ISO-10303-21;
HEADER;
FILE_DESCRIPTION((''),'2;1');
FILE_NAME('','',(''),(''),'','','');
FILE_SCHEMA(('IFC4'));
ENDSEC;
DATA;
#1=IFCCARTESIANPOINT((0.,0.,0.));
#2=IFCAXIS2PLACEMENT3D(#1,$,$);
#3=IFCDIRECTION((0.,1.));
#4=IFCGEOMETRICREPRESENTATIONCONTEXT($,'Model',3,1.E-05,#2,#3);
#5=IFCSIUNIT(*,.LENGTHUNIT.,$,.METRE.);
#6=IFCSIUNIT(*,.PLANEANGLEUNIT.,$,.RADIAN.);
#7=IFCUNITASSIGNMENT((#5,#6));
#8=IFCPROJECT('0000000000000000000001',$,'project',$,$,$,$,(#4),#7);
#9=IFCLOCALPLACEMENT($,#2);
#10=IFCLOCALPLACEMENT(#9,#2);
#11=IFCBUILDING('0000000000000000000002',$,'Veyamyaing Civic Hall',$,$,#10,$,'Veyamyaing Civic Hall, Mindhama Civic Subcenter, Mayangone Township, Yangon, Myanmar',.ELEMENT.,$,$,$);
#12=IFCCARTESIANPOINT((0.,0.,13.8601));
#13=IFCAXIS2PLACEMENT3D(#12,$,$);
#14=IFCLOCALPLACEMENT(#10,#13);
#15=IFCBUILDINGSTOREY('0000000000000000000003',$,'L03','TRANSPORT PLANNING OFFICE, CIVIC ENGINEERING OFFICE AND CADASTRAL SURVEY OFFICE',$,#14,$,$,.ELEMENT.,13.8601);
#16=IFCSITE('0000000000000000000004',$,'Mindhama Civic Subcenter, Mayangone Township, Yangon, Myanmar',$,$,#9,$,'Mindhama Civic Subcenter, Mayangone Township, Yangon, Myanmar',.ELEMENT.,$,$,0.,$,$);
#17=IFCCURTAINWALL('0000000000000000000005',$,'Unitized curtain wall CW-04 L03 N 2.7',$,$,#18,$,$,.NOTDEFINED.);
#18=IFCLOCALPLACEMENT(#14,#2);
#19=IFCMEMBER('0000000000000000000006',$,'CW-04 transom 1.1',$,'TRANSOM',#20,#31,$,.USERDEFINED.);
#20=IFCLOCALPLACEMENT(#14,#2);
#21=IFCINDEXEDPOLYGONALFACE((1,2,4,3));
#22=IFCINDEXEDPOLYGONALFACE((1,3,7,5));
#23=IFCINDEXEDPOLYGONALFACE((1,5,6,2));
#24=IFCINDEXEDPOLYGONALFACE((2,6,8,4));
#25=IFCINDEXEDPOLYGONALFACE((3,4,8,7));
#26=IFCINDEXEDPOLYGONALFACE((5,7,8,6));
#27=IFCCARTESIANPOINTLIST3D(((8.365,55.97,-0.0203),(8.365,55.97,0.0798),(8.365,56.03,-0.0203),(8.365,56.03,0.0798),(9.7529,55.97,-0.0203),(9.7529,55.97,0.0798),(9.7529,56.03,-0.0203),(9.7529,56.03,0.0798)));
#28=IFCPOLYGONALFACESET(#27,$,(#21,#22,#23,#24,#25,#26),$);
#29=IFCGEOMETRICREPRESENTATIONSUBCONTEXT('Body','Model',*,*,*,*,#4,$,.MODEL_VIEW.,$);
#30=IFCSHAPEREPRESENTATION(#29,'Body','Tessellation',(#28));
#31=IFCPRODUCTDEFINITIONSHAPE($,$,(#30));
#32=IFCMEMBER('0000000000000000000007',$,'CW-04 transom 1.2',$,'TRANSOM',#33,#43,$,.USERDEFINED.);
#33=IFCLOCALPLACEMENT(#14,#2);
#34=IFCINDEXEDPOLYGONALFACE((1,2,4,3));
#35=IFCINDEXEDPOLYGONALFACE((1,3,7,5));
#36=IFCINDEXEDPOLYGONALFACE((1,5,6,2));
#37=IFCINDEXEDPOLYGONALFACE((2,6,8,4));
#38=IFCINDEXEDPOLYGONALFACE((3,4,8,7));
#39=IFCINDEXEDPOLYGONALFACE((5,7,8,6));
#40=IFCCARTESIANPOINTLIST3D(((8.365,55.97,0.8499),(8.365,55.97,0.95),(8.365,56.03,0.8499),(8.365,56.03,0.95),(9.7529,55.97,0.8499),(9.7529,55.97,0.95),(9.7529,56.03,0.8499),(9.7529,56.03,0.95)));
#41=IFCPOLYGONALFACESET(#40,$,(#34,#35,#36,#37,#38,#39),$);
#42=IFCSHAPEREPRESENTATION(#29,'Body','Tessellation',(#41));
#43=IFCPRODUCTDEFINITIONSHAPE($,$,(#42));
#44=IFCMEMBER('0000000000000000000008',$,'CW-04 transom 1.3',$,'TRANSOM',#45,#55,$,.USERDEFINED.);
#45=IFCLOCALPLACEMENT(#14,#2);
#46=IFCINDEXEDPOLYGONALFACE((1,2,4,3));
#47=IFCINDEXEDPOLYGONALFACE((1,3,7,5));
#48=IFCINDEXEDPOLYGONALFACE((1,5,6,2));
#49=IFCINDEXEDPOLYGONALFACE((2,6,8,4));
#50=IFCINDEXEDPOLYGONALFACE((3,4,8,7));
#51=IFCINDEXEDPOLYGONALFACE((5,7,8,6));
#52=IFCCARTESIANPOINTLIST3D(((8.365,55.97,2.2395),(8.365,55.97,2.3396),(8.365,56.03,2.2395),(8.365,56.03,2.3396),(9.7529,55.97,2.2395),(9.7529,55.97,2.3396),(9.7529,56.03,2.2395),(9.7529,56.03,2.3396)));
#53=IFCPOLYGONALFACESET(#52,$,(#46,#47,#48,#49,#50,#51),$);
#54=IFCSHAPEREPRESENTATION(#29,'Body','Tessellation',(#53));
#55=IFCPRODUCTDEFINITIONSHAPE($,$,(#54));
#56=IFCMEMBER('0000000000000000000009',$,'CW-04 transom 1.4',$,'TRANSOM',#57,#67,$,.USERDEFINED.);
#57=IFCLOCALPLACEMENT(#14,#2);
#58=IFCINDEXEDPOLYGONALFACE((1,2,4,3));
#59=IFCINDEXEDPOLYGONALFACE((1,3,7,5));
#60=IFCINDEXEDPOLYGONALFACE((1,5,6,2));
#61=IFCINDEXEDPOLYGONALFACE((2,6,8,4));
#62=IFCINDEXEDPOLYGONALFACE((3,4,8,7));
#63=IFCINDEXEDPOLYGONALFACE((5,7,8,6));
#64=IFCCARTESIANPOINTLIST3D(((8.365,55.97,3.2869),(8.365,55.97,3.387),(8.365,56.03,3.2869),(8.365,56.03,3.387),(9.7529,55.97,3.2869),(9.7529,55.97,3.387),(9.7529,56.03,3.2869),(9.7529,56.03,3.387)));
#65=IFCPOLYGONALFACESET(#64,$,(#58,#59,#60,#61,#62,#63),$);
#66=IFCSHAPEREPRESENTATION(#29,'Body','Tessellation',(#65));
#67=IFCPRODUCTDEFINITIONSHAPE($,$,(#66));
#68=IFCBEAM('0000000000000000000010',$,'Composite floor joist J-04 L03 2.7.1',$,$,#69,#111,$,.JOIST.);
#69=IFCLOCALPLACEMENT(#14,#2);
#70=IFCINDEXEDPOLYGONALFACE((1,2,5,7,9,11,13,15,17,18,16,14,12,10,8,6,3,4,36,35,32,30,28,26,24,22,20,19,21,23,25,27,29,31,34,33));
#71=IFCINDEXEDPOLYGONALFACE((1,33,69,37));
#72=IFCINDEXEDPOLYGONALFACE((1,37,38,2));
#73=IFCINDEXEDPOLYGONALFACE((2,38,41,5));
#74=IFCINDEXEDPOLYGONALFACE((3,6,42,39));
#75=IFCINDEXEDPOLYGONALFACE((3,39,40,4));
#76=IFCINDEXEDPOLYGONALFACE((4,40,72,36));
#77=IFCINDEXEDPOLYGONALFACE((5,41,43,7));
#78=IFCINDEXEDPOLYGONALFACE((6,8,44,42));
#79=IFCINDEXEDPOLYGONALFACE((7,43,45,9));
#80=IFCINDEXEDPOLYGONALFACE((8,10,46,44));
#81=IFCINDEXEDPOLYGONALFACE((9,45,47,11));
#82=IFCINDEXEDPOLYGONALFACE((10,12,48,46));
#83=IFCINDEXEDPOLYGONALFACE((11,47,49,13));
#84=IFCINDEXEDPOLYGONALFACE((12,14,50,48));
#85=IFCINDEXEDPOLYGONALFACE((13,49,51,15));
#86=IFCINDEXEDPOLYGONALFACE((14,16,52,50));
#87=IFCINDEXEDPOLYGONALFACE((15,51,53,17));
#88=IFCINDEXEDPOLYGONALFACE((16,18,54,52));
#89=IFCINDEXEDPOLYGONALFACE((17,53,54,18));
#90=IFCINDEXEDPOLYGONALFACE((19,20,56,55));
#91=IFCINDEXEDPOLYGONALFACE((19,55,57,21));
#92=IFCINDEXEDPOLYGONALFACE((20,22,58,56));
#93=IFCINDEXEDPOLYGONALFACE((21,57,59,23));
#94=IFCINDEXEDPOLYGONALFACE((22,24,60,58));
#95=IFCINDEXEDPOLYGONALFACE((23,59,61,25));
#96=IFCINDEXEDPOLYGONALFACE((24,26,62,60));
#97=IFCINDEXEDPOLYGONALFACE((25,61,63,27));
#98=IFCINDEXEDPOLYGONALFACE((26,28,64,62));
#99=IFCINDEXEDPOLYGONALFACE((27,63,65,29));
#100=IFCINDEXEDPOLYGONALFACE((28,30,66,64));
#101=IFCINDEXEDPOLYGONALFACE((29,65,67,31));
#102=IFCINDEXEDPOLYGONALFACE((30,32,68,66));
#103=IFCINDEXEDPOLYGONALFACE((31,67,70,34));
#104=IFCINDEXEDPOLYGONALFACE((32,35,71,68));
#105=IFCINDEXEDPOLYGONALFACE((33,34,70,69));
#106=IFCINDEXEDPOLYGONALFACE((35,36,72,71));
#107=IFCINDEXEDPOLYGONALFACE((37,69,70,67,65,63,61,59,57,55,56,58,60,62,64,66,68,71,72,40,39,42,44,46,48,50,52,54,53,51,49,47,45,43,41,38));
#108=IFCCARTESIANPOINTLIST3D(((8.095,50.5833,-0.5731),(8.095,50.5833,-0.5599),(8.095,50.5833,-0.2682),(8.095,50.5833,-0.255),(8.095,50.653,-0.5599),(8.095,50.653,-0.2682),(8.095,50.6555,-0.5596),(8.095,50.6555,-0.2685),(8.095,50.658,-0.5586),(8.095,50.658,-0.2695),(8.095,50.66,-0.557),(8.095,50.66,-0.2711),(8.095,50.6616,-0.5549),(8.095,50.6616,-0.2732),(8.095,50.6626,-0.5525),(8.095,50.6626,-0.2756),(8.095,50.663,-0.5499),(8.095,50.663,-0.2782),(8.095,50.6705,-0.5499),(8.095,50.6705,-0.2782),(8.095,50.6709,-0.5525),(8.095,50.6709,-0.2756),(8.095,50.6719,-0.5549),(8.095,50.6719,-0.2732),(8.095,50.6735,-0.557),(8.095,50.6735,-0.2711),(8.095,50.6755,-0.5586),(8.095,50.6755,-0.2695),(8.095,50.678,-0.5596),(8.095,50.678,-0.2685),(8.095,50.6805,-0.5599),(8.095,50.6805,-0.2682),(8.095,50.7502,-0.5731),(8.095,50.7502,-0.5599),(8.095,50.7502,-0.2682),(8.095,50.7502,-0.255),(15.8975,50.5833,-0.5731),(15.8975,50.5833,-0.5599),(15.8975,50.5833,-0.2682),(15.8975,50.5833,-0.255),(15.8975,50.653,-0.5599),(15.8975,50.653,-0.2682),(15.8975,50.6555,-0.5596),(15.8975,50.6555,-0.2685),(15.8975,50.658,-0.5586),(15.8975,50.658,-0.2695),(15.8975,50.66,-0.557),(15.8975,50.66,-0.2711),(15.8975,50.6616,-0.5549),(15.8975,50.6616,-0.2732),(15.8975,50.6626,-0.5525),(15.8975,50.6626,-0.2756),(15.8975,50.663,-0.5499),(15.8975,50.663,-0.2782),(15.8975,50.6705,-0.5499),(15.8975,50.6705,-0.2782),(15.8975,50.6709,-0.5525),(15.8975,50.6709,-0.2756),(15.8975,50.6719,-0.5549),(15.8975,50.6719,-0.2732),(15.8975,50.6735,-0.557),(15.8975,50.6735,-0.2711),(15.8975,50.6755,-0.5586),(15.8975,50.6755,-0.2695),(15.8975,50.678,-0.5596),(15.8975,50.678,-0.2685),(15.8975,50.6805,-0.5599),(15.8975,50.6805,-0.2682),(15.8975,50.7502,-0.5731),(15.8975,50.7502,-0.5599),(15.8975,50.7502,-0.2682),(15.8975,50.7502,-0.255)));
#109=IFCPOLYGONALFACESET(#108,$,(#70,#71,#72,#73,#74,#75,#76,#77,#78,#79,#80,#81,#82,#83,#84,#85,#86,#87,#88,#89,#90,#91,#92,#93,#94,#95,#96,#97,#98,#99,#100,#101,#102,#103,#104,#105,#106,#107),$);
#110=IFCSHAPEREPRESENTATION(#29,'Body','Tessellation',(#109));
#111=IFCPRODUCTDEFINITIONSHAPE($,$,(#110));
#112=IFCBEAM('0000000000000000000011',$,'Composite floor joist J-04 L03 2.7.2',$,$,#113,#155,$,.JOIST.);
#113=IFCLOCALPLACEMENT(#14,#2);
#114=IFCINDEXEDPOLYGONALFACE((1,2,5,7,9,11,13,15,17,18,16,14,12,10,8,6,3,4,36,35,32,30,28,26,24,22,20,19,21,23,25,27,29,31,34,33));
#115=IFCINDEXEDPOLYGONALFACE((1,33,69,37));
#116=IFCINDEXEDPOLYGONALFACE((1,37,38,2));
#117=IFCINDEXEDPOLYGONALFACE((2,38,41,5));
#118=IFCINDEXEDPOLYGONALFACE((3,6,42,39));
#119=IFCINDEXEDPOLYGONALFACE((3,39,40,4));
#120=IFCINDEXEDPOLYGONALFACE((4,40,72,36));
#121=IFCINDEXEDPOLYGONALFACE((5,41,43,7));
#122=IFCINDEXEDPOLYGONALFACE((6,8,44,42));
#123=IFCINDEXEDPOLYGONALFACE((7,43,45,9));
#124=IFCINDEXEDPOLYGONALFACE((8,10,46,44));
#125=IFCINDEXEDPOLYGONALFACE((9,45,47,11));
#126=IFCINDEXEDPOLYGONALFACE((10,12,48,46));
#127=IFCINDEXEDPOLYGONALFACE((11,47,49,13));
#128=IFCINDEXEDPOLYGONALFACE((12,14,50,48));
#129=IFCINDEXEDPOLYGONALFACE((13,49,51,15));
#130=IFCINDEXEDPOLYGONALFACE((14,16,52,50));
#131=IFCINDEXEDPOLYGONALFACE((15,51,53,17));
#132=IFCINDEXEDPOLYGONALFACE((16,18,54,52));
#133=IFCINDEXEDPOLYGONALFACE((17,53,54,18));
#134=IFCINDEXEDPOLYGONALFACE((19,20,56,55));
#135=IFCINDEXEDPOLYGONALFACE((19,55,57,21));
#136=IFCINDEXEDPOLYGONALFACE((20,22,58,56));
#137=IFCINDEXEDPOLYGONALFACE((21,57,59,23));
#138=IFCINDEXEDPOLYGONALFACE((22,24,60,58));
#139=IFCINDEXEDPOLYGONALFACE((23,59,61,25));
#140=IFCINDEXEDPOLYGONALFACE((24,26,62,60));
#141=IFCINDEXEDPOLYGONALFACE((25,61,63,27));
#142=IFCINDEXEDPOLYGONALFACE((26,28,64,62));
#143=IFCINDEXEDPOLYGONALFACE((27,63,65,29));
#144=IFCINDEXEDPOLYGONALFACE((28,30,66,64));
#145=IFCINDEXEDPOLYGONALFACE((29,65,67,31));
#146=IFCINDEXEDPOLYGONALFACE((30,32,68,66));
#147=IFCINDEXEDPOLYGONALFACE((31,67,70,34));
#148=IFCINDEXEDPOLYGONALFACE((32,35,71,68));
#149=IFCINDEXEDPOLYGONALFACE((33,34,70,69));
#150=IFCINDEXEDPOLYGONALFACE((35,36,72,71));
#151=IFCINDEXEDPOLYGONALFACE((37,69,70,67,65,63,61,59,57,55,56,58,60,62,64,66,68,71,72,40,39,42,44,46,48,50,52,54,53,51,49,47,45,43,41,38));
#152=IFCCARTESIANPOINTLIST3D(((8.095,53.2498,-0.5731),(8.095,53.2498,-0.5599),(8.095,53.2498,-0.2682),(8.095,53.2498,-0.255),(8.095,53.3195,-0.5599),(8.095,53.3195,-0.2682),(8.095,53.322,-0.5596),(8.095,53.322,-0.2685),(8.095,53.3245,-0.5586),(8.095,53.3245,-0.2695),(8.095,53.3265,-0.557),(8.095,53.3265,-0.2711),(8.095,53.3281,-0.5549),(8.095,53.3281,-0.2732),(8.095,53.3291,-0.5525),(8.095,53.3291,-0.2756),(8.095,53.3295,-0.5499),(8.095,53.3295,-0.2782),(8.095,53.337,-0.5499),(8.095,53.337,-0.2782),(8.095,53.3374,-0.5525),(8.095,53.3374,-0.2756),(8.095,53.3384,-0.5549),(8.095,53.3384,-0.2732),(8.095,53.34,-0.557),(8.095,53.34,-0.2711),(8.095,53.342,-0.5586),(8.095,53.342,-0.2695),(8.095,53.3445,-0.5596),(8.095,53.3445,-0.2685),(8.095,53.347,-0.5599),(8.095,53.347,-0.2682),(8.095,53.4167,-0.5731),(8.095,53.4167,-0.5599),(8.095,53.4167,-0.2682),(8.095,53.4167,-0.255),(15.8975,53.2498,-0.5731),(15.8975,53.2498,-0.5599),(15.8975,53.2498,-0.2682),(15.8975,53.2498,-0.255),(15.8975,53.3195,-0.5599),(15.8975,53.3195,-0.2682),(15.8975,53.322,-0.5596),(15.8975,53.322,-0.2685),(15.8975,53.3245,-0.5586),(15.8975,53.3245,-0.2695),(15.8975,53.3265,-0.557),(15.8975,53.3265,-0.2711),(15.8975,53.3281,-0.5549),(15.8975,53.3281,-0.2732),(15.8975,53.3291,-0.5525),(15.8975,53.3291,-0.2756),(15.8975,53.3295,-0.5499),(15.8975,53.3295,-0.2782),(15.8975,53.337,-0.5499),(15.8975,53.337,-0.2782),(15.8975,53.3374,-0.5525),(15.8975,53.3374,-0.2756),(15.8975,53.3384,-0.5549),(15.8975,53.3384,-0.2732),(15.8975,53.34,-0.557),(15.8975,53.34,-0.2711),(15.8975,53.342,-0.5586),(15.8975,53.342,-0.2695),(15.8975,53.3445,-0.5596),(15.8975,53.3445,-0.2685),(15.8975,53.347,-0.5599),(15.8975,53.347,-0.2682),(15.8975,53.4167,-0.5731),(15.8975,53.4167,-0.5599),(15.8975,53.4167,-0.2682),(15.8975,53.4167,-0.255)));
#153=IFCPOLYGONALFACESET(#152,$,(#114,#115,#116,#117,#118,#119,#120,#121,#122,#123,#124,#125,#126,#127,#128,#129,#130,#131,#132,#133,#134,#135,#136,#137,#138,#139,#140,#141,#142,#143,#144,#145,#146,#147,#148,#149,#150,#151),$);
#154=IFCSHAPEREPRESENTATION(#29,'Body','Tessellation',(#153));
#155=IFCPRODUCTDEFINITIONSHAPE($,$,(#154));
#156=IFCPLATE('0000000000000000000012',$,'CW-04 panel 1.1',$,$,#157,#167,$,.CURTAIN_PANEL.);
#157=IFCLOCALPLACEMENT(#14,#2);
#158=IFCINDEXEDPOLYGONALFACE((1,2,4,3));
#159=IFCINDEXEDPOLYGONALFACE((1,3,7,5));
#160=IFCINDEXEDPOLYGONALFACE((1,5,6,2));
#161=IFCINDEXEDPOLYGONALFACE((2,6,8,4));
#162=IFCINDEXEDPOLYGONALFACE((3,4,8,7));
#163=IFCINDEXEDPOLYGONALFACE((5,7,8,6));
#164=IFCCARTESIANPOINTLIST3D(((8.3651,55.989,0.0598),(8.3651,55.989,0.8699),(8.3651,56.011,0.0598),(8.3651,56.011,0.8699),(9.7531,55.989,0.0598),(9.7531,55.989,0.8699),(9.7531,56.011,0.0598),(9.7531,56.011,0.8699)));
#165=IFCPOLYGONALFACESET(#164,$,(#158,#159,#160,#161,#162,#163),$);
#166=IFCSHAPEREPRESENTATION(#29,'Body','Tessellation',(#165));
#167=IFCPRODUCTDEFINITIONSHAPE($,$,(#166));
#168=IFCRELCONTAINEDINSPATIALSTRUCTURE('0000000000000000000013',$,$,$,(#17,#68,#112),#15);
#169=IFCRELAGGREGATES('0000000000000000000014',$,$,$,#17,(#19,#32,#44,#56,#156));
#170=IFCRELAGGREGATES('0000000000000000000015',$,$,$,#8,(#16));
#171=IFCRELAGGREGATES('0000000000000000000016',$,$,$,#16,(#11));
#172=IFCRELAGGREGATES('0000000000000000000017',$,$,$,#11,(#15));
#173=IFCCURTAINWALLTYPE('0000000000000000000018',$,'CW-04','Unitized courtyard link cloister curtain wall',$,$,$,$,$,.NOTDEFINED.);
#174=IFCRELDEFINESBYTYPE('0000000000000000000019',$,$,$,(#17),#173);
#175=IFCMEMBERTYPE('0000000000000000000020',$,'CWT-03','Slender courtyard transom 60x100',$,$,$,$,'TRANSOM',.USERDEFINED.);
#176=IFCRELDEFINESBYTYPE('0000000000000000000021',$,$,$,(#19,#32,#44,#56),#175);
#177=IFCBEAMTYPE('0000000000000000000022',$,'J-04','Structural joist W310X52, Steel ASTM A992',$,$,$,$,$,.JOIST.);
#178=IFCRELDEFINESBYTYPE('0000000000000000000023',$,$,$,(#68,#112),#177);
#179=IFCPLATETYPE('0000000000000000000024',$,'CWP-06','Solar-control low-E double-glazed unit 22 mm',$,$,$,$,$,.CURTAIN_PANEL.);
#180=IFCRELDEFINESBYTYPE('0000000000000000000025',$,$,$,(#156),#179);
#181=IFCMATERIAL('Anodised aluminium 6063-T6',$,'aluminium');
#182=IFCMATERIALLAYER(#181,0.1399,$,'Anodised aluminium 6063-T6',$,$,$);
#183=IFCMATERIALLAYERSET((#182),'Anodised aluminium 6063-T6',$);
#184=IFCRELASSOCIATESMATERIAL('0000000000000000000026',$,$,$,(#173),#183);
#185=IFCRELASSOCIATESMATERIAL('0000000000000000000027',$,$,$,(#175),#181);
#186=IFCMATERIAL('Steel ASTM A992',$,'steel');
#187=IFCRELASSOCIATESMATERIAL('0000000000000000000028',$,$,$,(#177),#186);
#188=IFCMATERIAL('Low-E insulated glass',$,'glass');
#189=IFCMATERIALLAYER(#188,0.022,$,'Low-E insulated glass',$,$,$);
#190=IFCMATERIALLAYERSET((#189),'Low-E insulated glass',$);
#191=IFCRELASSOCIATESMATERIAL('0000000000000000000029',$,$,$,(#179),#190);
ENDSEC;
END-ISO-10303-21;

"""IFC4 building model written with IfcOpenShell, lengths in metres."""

from ifc_helpers import new_model, si_unit, direction, frame, origin, origin_2d, place, context, subcontext, project, spatial, rectangle, i_section, extrude, material, layer, layer_set, material_profile, profile_set, type_object, element, aggregate, save


model = new_model("IFC4")

# Units and contexts
model_context = context("Model", 3, precision=1e-05, world=origin(), true_north=direction((0.0, 1.0)))
body_context = subcontext(model_context, "Body", "Model", "MODEL_VIEW")
ifc_project = project(units=[si_unit("LENGTHUNIT", "METRE"), si_unit("PLANEANGLEUNIT", "RADIAN")], contexts=[model_context])

# Site, building, storey
site_placement = place(None, origin())
site = spatial("IfcSite", under=ifc_project, at=site_placement, Name="Mindhama Civic Subcenter, Mayangone Township, Yangon, Myanmar", LongName="Mindhama Civic Subcenter, Mayangone Township, Yangon, Myanmar", CompositionType="ELEMENT", RefElevation=0.0)
building_placement = place(site_placement, origin())
building = spatial("IfcBuilding", under=site, at=building_placement, Name="Veyamyaing Civic Hall", LongName="Veyamyaing Civic Hall, Mindhama Civic Subcenter, Mayangone Township, Yangon, Myanmar", CompositionType="ELEMENT")
storey_placement = place(building_placement, frame((0.0, 0.0, 13.8601)))
storey = spatial("IfcBuildingStorey", under=building, at=storey_placement, Name="L03", Description="TRANSPORT PLANNING OFFICE, CIVIC ENGINEERING OFFICE AND CADASTRAL SURVEY OFFICE", CompositionType="ELEMENT", Elevation=13.8601)

# Shared definitions
ifc_material_1 = material(Name="Steel ASTM A992", Category="steel")

# Curtain wall, members
ifc_material_2 = material(Name="Anodised aluminium 6063-T6", Category="aluminium")
ifc_layer_1 = layer(ifc_material_2, 0.1399, Name="Anodised aluminium 6063-T6")
ifc_layer_set_1 = layer_set([ifc_layer_1], Name="Anodised aluminium 6063-T6")
curtain_wall_type = type_object("IfcCurtainWallType", Name="CW-04", Description="Unitized courtyard link cloister curtain wall", PredefinedType="NOTDEFINED", material=ifc_layer_set_1)
curtain_wall_placement = place(storey_placement, origin())
curtain_wall = element("IfcCurtainWall", 1, at=curtain_wall_placement, inside=storey, type_object=curtain_wall_type, Name="Unitized curtain wall CW-04 L03 N 2.7", PredefinedType="NOTDEFINED")
ifc_material_profile_1 = material_profile(ifc_material_2, rectangle(XDim=0.0601, YDim=0.1001, at=origin_2d()), Name="ALU-TRN-60X100")
ifc_profile_set_1 = profile_set([ifc_material_profile_1], Name="Anodised aluminium 6063-T6")
member_type_1 = type_object("IfcMemberType", Name="CWT-03", Description="Slender courtyard transom 60x100", ElementType="TRANSOM", PredefinedType="USERDEFINED", material=ifc_profile_set_1)
member_1_placement = place(storey_placement, frame((8.365, 56.0, 0.0298), z_axis=(1.0, 0.0, 0.0), x_axis=(0.0, 1.0, 0.0)))
member_1 = element("IfcMember", 2, at=member_1_placement, type_object=member_type_1, Name="CW-04 transom 1.1", ObjectType="TRANSOM", PredefinedType="USERDEFINED", context=body_context, shape_type="SweptSolid", body=[
    extrude(rectangle(XDim=0.0601, YDim=0.1001, at=origin_2d()), origin(), (0.0, 0.0, 1.0), 1.3879),
])
member_2_placement = place(storey_placement, frame((8.365, 56.0, 0.8999), z_axis=(1.0, 0.0, 0.0), x_axis=(0.0, 1.0, 0.0)))
member_2 = element("IfcMember", 3, at=member_2_placement, type_object=member_type_1, Name="CW-04 transom 1.2", ObjectType="TRANSOM", PredefinedType="USERDEFINED", context=body_context, shape_type="SweptSolid", body=[
    extrude(rectangle(XDim=0.0601, YDim=0.1001, at=origin_2d()), origin(), (0.0, 0.0, 1.0), 1.3879),
])
member_3_placement = place(storey_placement, frame((8.365, 56.0, 2.2896), z_axis=(1.0, 0.0, 0.0), x_axis=(0.0, 1.0, 0.0)))
member_3 = element("IfcMember", 4, at=member_3_placement, type_object=member_type_1, Name="CW-04 transom 1.3", ObjectType="TRANSOM", PredefinedType="USERDEFINED", context=body_context, shape_type="SweptSolid", body=[
    extrude(rectangle(XDim=0.0601, YDim=0.1001, at=origin_2d()), origin(), (0.0, 0.0, 1.0), 1.3879),
])
member_4_placement = place(storey_placement, frame((8.365, 56.0, 3.3369), z_axis=(1.0, 0.0, 0.0), x_axis=(0.0, 1.0, 0.0)))
member_4 = element("IfcMember", 5, at=member_4_placement, type_object=member_type_1, Name="CW-04 transom 1.4", ObjectType="TRANSOM", PredefinedType="USERDEFINED", context=body_context, shape_type="SweptSolid", body=[
    extrude(rectangle(XDim=0.0601, YDim=0.1001, at=origin_2d()), origin(), (0.0, 0.0, 1.0), 1.3879),
])

# Beams
ifc_material_profile_2 = material_profile(ifc_material_1, i_section(OverallWidth=0.167, OverallDepth=0.3181, WebThickness=0.0076, FlangeThickness=0.0132, FilletRadius=0.01, at=origin_2d()), Name="W310X52")
ifc_profile_set_2 = profile_set([ifc_material_profile_2], Name="Steel ASTM A992")
beam_type_1 = type_object("IfcBeamType", Name="J-04", Description="Structural joist W310X52, Steel ASTM A992", PredefinedType="JOIST", material=ifc_profile_set_2)
for number, where, z_axis, x_axis, name in (
    (6, (8.095, 50.6667, -0.4141), (1.0, 0.0, 0.0), (0.0, 1.0, 0.0), "Composite floor joist J-04 L03 2.7.1"),
    (7, (8.095, 53.3333, -0.4141), (1.0, 0.0, 0.0), (0.0, 1.0, 0.0), "Composite floor joist J-04 L03 2.7.2"),
):
    element("IfcBeam", number, at=place(storey_placement, frame(where, z_axis=z_axis, x_axis=x_axis)), inside=storey, type_object=beam_type_1, Name=name, PredefinedType="JOIST", context=body_context, shape_type="SweptSolid", body=[
        extrude(i_section(OverallWidth=0.167, OverallDepth=0.3181, WebThickness=0.0076, FlangeThickness=0.0132, FilletRadius=0.01, at=origin_2d()), origin(), (0.0, 0.0, 1.0), 7.8025),
    ])

# Plate
ifc_material_3 = material(Name="Low-E insulated glass", Category="glass")
ifc_layer_2 = layer(ifc_material_3, 0.022, Name="Low-E insulated glass")
ifc_layer_set_2 = layer_set([ifc_layer_2], Name="Low-E insulated glass")
plate_type = type_object("IfcPlateType", Name="CWP-06", Description="Solar-control low-E double-glazed unit 22 mm", PredefinedType="CURTAIN_PANEL", material=ifc_layer_set_2)
plate_placement = place(storey_placement, frame((9.0591, 56.0, 0.0598), z_axis=(0.0, 0.0, 1.0), x_axis=(1.0, 0.0, 0.0)))
plate = element("IfcPlate", 8, at=plate_placement, type_object=plate_type, Name="CW-04 panel 1.1", PredefinedType="CURTAIN_PANEL", context=body_context, shape_type="SweptSolid", body=[
    extrude(rectangle(XDim=1.3879, YDim=0.022, at=origin_2d()), origin(), (0.0, 0.0, 1.0), 0.8101),
])
aggregate(curtain_wall, [member_1, member_2, member_3, member_4, plate])

save(model, "model.ifc")
